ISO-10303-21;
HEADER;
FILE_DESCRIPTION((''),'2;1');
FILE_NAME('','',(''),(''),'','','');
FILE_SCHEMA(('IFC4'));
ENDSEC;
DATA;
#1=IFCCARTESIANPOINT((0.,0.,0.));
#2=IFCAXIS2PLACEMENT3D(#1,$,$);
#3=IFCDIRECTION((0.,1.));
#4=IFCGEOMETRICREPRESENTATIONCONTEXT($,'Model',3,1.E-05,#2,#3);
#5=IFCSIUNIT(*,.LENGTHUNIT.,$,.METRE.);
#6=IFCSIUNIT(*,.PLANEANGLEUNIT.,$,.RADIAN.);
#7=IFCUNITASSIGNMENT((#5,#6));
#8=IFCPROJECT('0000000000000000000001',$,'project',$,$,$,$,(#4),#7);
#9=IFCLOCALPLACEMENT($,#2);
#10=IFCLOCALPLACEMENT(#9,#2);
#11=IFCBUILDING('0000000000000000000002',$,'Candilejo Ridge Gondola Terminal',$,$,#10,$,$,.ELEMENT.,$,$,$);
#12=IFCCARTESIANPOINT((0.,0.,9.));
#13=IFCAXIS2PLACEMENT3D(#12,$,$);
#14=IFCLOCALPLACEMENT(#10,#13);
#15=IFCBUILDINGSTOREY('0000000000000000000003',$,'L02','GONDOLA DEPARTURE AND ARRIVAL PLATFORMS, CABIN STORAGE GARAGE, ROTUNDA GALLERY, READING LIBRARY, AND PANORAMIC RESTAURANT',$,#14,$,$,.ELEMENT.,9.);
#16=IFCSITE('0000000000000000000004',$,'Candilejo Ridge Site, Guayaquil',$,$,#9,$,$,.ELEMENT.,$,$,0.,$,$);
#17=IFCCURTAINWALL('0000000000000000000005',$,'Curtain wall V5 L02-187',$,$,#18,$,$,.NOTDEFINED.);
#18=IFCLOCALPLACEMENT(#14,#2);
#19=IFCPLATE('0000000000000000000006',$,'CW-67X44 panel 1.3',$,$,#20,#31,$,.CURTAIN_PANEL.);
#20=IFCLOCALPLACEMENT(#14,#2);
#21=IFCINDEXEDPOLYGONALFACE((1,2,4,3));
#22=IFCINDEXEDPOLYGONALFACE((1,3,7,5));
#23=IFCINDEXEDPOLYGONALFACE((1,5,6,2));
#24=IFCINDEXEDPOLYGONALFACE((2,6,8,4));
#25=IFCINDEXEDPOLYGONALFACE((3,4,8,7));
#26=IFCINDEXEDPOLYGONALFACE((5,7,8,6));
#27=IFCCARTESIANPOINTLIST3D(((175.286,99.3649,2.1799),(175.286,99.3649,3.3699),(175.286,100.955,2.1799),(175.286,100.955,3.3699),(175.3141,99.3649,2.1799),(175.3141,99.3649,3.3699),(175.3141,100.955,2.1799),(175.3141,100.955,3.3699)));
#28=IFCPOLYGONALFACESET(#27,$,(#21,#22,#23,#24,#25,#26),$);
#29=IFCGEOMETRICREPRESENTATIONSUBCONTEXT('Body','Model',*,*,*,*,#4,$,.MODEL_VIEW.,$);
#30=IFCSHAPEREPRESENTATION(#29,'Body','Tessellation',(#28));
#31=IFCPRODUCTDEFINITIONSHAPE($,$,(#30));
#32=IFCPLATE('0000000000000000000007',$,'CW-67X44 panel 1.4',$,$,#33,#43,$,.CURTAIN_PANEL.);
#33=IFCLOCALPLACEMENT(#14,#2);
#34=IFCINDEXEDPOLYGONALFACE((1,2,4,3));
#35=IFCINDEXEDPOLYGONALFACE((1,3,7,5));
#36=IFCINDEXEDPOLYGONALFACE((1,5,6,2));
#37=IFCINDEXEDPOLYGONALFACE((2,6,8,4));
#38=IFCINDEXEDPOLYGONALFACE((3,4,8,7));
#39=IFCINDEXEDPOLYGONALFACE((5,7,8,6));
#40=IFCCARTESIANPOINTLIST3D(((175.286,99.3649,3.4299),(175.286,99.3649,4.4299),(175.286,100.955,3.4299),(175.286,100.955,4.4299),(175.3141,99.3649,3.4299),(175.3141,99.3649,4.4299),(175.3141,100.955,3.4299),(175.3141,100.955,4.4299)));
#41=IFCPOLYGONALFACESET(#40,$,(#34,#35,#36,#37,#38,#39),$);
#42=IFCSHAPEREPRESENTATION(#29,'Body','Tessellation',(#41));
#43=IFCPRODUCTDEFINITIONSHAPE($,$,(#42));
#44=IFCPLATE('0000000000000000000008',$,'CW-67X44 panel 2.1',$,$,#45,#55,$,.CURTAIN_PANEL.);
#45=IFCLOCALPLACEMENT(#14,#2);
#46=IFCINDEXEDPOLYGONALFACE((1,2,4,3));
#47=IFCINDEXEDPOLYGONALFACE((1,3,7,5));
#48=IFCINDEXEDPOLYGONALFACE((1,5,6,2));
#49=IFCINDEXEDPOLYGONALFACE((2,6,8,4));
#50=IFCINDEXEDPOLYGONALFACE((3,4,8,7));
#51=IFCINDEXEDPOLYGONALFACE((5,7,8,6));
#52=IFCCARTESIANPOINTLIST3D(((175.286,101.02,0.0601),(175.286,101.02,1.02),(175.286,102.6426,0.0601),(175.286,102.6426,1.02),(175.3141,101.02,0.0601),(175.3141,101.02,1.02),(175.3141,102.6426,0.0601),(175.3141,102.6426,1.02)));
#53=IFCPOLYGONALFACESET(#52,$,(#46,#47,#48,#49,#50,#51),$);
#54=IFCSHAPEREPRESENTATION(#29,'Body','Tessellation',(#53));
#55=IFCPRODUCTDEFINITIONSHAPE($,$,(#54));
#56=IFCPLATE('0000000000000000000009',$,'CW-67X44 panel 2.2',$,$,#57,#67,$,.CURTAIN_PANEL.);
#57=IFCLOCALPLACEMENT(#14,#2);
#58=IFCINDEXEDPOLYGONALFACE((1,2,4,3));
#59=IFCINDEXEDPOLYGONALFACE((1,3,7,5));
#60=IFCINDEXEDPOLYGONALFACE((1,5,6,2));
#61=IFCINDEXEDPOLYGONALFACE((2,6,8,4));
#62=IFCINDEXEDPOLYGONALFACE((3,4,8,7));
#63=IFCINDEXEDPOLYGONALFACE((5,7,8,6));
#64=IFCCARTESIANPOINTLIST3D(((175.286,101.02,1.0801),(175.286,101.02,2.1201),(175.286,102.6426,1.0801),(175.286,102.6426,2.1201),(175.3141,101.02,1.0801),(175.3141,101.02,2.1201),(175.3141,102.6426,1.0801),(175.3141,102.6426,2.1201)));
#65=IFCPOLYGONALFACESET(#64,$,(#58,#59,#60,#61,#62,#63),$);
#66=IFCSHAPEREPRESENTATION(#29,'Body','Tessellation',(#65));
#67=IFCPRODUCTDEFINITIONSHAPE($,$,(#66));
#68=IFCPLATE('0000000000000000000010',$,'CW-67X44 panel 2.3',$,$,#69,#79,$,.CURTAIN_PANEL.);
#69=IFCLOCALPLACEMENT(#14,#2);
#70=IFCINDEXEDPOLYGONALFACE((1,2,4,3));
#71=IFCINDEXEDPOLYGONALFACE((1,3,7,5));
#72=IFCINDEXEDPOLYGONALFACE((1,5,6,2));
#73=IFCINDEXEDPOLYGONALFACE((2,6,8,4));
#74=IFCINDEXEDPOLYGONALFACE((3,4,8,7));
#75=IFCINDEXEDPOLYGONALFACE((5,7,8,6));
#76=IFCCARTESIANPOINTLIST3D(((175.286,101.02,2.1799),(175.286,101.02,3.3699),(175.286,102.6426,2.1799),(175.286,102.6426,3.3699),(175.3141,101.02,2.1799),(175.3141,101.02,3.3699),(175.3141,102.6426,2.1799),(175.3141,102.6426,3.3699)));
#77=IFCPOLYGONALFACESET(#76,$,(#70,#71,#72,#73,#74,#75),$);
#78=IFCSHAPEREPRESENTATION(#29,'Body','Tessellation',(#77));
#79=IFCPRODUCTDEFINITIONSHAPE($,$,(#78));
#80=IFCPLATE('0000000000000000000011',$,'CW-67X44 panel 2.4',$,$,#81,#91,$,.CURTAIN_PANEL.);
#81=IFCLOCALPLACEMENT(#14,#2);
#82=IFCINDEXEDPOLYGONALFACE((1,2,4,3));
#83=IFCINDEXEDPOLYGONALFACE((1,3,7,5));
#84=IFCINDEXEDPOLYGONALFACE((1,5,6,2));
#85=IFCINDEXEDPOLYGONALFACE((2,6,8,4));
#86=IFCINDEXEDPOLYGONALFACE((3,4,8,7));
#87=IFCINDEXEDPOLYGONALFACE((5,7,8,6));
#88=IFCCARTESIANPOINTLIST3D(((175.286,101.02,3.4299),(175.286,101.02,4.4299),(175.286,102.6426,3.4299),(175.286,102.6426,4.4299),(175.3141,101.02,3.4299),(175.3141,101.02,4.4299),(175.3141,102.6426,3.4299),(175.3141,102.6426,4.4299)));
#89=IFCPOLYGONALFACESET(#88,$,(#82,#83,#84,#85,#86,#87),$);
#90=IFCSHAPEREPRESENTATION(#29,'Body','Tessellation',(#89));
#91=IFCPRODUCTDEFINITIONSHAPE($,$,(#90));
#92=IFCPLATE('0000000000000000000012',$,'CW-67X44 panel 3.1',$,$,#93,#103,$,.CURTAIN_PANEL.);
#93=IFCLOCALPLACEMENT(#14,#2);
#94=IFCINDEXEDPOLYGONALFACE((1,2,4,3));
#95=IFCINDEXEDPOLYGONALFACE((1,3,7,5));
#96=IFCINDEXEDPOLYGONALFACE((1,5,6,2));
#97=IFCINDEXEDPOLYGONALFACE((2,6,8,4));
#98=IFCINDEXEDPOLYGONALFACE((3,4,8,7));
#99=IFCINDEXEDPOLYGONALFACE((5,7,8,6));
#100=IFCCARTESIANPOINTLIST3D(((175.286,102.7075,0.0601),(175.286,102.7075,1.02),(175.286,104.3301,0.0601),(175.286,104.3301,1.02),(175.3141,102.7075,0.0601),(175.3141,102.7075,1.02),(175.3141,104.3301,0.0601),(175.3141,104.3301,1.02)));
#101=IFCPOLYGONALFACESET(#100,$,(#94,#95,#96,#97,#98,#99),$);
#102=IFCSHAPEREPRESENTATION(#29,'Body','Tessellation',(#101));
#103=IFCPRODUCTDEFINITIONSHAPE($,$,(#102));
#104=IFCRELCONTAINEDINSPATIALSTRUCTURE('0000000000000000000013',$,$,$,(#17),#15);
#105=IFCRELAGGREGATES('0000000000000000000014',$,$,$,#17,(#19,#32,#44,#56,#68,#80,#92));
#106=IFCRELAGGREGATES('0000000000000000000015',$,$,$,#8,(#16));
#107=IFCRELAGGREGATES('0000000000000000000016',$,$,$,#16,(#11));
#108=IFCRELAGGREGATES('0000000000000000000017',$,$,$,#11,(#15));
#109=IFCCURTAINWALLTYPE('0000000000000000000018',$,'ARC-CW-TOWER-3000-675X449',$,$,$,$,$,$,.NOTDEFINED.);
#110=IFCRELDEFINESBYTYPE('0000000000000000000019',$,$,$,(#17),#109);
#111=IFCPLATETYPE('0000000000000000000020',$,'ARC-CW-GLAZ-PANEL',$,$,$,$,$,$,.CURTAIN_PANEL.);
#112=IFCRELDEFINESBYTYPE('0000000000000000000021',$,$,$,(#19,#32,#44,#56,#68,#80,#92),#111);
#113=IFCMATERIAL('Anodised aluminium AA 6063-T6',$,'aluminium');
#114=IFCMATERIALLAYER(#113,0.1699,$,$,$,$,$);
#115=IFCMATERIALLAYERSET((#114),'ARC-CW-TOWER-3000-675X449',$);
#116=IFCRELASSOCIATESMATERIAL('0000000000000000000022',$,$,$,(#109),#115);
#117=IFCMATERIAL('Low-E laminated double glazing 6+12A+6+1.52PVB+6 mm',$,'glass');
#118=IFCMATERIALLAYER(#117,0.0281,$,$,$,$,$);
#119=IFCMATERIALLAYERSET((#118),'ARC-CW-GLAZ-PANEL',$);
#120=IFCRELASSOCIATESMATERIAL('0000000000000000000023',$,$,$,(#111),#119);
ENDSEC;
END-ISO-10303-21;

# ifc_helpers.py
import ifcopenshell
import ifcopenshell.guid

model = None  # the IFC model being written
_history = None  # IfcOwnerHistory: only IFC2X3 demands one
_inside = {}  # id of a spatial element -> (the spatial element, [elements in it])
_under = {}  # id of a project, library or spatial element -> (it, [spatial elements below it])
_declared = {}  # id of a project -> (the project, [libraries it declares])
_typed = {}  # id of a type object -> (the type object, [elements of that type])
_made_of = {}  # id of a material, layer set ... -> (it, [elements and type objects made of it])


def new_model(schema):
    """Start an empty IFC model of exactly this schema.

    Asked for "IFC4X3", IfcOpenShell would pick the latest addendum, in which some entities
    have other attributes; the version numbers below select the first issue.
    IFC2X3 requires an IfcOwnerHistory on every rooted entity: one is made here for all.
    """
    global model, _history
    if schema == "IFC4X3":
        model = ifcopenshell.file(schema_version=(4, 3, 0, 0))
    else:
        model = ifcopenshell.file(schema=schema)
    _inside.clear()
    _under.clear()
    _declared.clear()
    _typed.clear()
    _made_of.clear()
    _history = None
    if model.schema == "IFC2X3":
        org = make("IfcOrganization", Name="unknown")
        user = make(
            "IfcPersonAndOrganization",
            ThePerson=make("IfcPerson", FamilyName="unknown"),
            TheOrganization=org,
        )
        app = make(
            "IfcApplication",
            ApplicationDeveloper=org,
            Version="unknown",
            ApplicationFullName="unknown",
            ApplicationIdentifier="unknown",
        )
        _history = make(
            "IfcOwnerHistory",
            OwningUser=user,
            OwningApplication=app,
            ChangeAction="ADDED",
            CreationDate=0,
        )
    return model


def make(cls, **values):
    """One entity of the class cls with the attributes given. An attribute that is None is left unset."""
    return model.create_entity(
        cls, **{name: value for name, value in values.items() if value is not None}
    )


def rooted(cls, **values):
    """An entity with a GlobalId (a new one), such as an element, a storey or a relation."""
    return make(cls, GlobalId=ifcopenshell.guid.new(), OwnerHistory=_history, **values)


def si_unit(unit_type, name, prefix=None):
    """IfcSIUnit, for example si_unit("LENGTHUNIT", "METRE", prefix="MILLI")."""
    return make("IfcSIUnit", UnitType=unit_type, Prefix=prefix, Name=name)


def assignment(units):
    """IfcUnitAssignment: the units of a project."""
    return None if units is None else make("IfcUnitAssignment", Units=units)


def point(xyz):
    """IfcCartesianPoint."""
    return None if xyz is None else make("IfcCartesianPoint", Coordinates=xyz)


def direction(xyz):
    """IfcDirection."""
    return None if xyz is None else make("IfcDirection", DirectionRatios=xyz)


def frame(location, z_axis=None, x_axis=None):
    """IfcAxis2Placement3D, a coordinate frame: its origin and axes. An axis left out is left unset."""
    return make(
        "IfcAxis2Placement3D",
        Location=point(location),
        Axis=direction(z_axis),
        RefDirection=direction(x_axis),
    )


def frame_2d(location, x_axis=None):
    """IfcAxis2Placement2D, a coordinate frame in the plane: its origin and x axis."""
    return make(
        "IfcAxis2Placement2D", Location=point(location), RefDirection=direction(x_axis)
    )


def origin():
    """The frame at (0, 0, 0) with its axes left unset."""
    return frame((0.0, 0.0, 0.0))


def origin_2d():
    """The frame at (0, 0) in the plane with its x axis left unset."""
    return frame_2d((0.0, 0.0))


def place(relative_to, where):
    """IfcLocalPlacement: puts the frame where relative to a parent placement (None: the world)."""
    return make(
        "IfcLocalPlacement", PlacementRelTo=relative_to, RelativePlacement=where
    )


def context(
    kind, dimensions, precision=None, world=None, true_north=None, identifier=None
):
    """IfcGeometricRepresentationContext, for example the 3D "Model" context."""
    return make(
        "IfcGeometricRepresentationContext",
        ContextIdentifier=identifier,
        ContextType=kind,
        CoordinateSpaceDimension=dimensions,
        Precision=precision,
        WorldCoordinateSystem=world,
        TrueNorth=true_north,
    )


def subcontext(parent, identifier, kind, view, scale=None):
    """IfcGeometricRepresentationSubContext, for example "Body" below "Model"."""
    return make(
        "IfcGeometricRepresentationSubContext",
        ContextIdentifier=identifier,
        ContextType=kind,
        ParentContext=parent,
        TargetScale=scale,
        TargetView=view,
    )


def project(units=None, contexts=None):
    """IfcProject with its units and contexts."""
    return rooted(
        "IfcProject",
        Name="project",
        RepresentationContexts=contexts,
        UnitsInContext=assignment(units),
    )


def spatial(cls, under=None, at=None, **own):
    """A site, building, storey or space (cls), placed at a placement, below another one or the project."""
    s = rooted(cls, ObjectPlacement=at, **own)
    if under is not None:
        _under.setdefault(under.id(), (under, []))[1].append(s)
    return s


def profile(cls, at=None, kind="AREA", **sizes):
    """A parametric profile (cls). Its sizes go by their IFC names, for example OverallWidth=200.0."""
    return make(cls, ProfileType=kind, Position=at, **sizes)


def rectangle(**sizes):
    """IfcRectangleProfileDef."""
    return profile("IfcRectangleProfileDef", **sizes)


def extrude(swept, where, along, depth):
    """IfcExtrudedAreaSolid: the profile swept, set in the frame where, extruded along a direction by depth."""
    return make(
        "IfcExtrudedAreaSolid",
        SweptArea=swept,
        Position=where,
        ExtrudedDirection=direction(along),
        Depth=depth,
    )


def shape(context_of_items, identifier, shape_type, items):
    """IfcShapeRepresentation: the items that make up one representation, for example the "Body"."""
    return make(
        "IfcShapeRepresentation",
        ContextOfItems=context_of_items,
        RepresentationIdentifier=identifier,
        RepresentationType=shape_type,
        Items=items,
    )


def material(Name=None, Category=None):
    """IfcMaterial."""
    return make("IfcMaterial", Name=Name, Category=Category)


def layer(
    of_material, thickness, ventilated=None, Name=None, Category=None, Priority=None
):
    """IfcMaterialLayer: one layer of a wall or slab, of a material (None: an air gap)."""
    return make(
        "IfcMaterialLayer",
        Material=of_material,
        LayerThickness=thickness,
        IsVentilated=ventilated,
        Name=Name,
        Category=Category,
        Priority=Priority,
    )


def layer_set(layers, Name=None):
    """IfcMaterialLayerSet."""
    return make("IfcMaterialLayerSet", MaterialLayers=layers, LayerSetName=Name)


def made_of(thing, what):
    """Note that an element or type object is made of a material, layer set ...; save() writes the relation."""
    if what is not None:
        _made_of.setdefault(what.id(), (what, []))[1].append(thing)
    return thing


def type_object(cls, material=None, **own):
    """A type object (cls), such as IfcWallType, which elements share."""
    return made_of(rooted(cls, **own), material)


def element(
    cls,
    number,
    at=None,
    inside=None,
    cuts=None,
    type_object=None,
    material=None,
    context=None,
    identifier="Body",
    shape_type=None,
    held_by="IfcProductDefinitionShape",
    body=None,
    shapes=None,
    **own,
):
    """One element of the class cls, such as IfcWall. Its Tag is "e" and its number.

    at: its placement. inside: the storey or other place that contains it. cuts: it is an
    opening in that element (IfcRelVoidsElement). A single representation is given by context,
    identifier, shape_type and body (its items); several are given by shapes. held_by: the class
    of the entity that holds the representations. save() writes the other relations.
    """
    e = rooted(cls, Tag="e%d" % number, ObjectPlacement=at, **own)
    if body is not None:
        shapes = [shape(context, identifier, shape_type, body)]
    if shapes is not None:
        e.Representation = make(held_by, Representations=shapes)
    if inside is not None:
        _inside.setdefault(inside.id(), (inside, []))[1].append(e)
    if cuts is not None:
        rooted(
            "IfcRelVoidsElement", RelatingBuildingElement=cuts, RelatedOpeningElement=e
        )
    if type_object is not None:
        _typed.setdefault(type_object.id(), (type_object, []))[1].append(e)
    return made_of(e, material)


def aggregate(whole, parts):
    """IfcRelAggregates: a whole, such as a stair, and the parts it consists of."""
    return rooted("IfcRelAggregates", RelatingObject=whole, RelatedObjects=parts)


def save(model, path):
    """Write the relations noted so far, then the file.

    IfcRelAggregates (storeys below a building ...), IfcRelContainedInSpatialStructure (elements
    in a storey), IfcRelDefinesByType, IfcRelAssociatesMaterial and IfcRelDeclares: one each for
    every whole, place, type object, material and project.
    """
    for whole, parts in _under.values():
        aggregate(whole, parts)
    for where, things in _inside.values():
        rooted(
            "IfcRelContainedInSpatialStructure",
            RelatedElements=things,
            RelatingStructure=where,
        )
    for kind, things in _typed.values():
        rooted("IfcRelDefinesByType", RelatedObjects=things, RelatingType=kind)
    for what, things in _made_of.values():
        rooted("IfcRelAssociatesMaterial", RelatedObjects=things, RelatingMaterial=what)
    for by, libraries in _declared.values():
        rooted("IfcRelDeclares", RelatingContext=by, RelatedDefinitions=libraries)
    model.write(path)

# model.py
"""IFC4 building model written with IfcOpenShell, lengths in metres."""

from ifc_helpers import new_model, si_unit, direction, frame, origin, origin_2d, place, context, subcontext, project, spatial, rectangle, extrude, material, layer, layer_set, type_object, element, aggregate, save


model = new_model("IFC4")

# Units and contexts
model_context = context("Model", 3, precision=1e-05, world=origin(), true_north=direction((0.0, 1.0)))
body_context = subcontext(model_context, "Body", "Model", "MODEL_VIEW")
ifc_project = project(units=[si_unit("LENGTHUNIT", "METRE"), si_unit("PLANEANGLEUNIT", "RADIAN")], contexts=[model_context])

# Site, building, storey
site_placement = place(None, origin())
site = spatial("IfcSite", under=ifc_project, at=site_placement, Name="Candilejo Ridge Site, Guayaquil", CompositionType="ELEMENT", RefElevation=0.0)
building_placement = place(site_placement, origin())
building = spatial("IfcBuilding", under=site, at=building_placement, Name="Candilejo Ridge Gondola Terminal", CompositionType="ELEMENT")
storey_placement = place(building_placement, frame((0.0, 0.0, 9.0)))
storey = spatial("IfcBuildingStorey", under=building, at=storey_placement, Name="L02", Description="GONDOLA DEPARTURE AND ARRIVAL PLATFORMS, CABIN STORAGE GARAGE, ROTUNDA GALLERY, READING LIBRARY, AND PANORAMIC RESTAURANT", CompositionType="ELEMENT", Elevation=9.0)

# Curtain wall
ifc_material_1 = material(Name="Anodised aluminium AA 6063-T6", Category="aluminium")
ifc_layer_1 = layer(ifc_material_1, 0.1699)
ifc_layer_set_1 = layer_set([ifc_layer_1], Name="ARC-CW-TOWER-3000-675X449")
curtain_wall_type_1 = type_object("IfcCurtainWallType", Name="ARC-CW-TOWER-3000-675X449", PredefinedType="NOTDEFINED", material=ifc_layer_set_1)
curtain_wall_1_placement = place(storey_placement, origin())
curtain_wall_1 = element("IfcCurtainWall", 1, at=curtain_wall_1_placement, inside=storey, type_object=curtain_wall_type_1, Name="Curtain wall V5 L02-187", PredefinedType="NOTDEFINED")

# Plates
ifc_material_2 = material(Name="Low-E laminated double glazing 6+12A+6+1.52PVB+6 mm", Category="glass")
ifc_layer_2 = layer(ifc_material_2, 0.0281)
ifc_layer_set_2 = layer_set([ifc_layer_2], Name="ARC-CW-GLAZ-PANEL")
plate_type = type_object("IfcPlateType", Name="ARC-CW-GLAZ-PANEL", PredefinedType="CURTAIN_PANEL", material=ifc_layer_set_2)
plate_1_placement = place(storey_placement, frame((175.3, 100.1599, 2.1799), z_axis=(0.0, 0.0, 1.0), x_axis=(0.0, 1.0, 0.0)))
plate_1 = element("IfcPlate", 2, at=plate_1_placement, type_object=plate_type, Name="CW-67X44 panel 1.3", PredefinedType="CURTAIN_PANEL", context=body_context, shape_type="SweptSolid", body=[
    extrude(rectangle(XDim=1.5901, YDim=0.0281, at=origin_2d()), origin(), (0.0, 0.0, 1.0), 1.1899),
])
plate_2_placement = place(storey_placement, frame((175.3, 100.1599, 3.4299), z_axis=(0.0, 0.0, 1.0), x_axis=(0.0, 1.0, 0.0)))
plate_2 = element("IfcPlate", 3, at=plate_2_placement, type_object=plate_type, Name="CW-67X44 panel 1.4", PredefinedType="CURTAIN_PANEL", context=body_context, shape_type="SweptSolid", body=[
    extrude(rectangle(XDim=1.5901, YDim=0.0281, at=origin_2d()), origin(), (0.0, 0.0, 1.0), 1.0),
])
plate_3_placement = place(storey_placement, frame((175.3, 101.8313, 0.0601), z_axis=(0.0, 0.0, 1.0), x_axis=(0.0, 1.0, 0.0)))
plate_3 = element("IfcPlate", 4, at=plate_3_placement, type_object=plate_type, Name="CW-67X44 panel 2.1", PredefinedType="CURTAIN_PANEL", context=body_context, shape_type="SweptSolid", body=[
    extrude(rectangle(XDim=1.6226, YDim=0.0281, at=origin_2d()), origin(), (0.0, 0.0, 1.0), 0.96),
])
plate_4_placement = place(storey_placement, frame((175.3, 101.8313, 1.0801), z_axis=(0.0, 0.0, 1.0), x_axis=(0.0, 1.0, 0.0)))
plate_4 = element("IfcPlate", 5, at=plate_4_placement, type_object=plate_type, Name="CW-67X44 panel 2.2", PredefinedType="CURTAIN_PANEL", context=body_context, shape_type="SweptSolid", body=[
    extrude(rectangle(XDim=1.6226, YDim=0.0281, at=origin_2d()), origin(), (0.0, 0.0, 1.0), 1.04),
])
plate_5_placement = place(storey_placement, frame((175.3, 101.8313, 2.1799), z_axis=(0.0, 0.0, 1.0), x_axis=(0.0, 1.0, 0.0)))
plate_5 = element("IfcPlate", 6, at=plate_5_placement, type_object=plate_type, Name="CW-67X44 panel 2.3", PredefinedType="CURTAIN_PANEL", context=body_context, shape_type="SweptSolid", body=[
    extrude(rectangle(XDim=1.6226, YDim=0.0281, at=origin_2d()), origin(), (0.0, 0.0, 1.0), 1.1899),
])
plate_6_placement = place(storey_placement, frame((175.3, 101.8313, 3.4299), z_axis=(0.0, 0.0, 1.0), x_axis=(0.0, 1.0, 0.0)))
plate_6 = element("IfcPlate", 7, at=plate_6_placement, type_object=plate_type, Name="CW-67X44 panel 2.4", PredefinedType="CURTAIN_PANEL", context=body_context, shape_type="SweptSolid", body=[
    extrude(rectangle(XDim=1.6226, YDim=0.0281, at=origin_2d()), origin(), (0.0, 0.0, 1.0), 1.0),
])
plate_7_placement = place(storey_placement, frame((175.3, 103.5188, 0.0601), z_axis=(0.0, 0.0, 1.0), x_axis=(0.0, 1.0, 0.0)))
plate_7 = element("IfcPlate", 8, at=plate_7_placement, type_object=plate_type, Name="CW-67X44 panel 3.1", PredefinedType="CURTAIN_PANEL", context=body_context, shape_type="SweptSolid", body=[
    extrude(rectangle(XDim=1.6226, YDim=0.0281, at=origin_2d()), origin(), (0.0, 0.0, 1.0), 0.96),
])
aggregate(curtain_wall_1, [plate_1, plate_2, plate_3, plate_4, plate_5, plate_6, plate_7])

save(model, "model.ifc")
